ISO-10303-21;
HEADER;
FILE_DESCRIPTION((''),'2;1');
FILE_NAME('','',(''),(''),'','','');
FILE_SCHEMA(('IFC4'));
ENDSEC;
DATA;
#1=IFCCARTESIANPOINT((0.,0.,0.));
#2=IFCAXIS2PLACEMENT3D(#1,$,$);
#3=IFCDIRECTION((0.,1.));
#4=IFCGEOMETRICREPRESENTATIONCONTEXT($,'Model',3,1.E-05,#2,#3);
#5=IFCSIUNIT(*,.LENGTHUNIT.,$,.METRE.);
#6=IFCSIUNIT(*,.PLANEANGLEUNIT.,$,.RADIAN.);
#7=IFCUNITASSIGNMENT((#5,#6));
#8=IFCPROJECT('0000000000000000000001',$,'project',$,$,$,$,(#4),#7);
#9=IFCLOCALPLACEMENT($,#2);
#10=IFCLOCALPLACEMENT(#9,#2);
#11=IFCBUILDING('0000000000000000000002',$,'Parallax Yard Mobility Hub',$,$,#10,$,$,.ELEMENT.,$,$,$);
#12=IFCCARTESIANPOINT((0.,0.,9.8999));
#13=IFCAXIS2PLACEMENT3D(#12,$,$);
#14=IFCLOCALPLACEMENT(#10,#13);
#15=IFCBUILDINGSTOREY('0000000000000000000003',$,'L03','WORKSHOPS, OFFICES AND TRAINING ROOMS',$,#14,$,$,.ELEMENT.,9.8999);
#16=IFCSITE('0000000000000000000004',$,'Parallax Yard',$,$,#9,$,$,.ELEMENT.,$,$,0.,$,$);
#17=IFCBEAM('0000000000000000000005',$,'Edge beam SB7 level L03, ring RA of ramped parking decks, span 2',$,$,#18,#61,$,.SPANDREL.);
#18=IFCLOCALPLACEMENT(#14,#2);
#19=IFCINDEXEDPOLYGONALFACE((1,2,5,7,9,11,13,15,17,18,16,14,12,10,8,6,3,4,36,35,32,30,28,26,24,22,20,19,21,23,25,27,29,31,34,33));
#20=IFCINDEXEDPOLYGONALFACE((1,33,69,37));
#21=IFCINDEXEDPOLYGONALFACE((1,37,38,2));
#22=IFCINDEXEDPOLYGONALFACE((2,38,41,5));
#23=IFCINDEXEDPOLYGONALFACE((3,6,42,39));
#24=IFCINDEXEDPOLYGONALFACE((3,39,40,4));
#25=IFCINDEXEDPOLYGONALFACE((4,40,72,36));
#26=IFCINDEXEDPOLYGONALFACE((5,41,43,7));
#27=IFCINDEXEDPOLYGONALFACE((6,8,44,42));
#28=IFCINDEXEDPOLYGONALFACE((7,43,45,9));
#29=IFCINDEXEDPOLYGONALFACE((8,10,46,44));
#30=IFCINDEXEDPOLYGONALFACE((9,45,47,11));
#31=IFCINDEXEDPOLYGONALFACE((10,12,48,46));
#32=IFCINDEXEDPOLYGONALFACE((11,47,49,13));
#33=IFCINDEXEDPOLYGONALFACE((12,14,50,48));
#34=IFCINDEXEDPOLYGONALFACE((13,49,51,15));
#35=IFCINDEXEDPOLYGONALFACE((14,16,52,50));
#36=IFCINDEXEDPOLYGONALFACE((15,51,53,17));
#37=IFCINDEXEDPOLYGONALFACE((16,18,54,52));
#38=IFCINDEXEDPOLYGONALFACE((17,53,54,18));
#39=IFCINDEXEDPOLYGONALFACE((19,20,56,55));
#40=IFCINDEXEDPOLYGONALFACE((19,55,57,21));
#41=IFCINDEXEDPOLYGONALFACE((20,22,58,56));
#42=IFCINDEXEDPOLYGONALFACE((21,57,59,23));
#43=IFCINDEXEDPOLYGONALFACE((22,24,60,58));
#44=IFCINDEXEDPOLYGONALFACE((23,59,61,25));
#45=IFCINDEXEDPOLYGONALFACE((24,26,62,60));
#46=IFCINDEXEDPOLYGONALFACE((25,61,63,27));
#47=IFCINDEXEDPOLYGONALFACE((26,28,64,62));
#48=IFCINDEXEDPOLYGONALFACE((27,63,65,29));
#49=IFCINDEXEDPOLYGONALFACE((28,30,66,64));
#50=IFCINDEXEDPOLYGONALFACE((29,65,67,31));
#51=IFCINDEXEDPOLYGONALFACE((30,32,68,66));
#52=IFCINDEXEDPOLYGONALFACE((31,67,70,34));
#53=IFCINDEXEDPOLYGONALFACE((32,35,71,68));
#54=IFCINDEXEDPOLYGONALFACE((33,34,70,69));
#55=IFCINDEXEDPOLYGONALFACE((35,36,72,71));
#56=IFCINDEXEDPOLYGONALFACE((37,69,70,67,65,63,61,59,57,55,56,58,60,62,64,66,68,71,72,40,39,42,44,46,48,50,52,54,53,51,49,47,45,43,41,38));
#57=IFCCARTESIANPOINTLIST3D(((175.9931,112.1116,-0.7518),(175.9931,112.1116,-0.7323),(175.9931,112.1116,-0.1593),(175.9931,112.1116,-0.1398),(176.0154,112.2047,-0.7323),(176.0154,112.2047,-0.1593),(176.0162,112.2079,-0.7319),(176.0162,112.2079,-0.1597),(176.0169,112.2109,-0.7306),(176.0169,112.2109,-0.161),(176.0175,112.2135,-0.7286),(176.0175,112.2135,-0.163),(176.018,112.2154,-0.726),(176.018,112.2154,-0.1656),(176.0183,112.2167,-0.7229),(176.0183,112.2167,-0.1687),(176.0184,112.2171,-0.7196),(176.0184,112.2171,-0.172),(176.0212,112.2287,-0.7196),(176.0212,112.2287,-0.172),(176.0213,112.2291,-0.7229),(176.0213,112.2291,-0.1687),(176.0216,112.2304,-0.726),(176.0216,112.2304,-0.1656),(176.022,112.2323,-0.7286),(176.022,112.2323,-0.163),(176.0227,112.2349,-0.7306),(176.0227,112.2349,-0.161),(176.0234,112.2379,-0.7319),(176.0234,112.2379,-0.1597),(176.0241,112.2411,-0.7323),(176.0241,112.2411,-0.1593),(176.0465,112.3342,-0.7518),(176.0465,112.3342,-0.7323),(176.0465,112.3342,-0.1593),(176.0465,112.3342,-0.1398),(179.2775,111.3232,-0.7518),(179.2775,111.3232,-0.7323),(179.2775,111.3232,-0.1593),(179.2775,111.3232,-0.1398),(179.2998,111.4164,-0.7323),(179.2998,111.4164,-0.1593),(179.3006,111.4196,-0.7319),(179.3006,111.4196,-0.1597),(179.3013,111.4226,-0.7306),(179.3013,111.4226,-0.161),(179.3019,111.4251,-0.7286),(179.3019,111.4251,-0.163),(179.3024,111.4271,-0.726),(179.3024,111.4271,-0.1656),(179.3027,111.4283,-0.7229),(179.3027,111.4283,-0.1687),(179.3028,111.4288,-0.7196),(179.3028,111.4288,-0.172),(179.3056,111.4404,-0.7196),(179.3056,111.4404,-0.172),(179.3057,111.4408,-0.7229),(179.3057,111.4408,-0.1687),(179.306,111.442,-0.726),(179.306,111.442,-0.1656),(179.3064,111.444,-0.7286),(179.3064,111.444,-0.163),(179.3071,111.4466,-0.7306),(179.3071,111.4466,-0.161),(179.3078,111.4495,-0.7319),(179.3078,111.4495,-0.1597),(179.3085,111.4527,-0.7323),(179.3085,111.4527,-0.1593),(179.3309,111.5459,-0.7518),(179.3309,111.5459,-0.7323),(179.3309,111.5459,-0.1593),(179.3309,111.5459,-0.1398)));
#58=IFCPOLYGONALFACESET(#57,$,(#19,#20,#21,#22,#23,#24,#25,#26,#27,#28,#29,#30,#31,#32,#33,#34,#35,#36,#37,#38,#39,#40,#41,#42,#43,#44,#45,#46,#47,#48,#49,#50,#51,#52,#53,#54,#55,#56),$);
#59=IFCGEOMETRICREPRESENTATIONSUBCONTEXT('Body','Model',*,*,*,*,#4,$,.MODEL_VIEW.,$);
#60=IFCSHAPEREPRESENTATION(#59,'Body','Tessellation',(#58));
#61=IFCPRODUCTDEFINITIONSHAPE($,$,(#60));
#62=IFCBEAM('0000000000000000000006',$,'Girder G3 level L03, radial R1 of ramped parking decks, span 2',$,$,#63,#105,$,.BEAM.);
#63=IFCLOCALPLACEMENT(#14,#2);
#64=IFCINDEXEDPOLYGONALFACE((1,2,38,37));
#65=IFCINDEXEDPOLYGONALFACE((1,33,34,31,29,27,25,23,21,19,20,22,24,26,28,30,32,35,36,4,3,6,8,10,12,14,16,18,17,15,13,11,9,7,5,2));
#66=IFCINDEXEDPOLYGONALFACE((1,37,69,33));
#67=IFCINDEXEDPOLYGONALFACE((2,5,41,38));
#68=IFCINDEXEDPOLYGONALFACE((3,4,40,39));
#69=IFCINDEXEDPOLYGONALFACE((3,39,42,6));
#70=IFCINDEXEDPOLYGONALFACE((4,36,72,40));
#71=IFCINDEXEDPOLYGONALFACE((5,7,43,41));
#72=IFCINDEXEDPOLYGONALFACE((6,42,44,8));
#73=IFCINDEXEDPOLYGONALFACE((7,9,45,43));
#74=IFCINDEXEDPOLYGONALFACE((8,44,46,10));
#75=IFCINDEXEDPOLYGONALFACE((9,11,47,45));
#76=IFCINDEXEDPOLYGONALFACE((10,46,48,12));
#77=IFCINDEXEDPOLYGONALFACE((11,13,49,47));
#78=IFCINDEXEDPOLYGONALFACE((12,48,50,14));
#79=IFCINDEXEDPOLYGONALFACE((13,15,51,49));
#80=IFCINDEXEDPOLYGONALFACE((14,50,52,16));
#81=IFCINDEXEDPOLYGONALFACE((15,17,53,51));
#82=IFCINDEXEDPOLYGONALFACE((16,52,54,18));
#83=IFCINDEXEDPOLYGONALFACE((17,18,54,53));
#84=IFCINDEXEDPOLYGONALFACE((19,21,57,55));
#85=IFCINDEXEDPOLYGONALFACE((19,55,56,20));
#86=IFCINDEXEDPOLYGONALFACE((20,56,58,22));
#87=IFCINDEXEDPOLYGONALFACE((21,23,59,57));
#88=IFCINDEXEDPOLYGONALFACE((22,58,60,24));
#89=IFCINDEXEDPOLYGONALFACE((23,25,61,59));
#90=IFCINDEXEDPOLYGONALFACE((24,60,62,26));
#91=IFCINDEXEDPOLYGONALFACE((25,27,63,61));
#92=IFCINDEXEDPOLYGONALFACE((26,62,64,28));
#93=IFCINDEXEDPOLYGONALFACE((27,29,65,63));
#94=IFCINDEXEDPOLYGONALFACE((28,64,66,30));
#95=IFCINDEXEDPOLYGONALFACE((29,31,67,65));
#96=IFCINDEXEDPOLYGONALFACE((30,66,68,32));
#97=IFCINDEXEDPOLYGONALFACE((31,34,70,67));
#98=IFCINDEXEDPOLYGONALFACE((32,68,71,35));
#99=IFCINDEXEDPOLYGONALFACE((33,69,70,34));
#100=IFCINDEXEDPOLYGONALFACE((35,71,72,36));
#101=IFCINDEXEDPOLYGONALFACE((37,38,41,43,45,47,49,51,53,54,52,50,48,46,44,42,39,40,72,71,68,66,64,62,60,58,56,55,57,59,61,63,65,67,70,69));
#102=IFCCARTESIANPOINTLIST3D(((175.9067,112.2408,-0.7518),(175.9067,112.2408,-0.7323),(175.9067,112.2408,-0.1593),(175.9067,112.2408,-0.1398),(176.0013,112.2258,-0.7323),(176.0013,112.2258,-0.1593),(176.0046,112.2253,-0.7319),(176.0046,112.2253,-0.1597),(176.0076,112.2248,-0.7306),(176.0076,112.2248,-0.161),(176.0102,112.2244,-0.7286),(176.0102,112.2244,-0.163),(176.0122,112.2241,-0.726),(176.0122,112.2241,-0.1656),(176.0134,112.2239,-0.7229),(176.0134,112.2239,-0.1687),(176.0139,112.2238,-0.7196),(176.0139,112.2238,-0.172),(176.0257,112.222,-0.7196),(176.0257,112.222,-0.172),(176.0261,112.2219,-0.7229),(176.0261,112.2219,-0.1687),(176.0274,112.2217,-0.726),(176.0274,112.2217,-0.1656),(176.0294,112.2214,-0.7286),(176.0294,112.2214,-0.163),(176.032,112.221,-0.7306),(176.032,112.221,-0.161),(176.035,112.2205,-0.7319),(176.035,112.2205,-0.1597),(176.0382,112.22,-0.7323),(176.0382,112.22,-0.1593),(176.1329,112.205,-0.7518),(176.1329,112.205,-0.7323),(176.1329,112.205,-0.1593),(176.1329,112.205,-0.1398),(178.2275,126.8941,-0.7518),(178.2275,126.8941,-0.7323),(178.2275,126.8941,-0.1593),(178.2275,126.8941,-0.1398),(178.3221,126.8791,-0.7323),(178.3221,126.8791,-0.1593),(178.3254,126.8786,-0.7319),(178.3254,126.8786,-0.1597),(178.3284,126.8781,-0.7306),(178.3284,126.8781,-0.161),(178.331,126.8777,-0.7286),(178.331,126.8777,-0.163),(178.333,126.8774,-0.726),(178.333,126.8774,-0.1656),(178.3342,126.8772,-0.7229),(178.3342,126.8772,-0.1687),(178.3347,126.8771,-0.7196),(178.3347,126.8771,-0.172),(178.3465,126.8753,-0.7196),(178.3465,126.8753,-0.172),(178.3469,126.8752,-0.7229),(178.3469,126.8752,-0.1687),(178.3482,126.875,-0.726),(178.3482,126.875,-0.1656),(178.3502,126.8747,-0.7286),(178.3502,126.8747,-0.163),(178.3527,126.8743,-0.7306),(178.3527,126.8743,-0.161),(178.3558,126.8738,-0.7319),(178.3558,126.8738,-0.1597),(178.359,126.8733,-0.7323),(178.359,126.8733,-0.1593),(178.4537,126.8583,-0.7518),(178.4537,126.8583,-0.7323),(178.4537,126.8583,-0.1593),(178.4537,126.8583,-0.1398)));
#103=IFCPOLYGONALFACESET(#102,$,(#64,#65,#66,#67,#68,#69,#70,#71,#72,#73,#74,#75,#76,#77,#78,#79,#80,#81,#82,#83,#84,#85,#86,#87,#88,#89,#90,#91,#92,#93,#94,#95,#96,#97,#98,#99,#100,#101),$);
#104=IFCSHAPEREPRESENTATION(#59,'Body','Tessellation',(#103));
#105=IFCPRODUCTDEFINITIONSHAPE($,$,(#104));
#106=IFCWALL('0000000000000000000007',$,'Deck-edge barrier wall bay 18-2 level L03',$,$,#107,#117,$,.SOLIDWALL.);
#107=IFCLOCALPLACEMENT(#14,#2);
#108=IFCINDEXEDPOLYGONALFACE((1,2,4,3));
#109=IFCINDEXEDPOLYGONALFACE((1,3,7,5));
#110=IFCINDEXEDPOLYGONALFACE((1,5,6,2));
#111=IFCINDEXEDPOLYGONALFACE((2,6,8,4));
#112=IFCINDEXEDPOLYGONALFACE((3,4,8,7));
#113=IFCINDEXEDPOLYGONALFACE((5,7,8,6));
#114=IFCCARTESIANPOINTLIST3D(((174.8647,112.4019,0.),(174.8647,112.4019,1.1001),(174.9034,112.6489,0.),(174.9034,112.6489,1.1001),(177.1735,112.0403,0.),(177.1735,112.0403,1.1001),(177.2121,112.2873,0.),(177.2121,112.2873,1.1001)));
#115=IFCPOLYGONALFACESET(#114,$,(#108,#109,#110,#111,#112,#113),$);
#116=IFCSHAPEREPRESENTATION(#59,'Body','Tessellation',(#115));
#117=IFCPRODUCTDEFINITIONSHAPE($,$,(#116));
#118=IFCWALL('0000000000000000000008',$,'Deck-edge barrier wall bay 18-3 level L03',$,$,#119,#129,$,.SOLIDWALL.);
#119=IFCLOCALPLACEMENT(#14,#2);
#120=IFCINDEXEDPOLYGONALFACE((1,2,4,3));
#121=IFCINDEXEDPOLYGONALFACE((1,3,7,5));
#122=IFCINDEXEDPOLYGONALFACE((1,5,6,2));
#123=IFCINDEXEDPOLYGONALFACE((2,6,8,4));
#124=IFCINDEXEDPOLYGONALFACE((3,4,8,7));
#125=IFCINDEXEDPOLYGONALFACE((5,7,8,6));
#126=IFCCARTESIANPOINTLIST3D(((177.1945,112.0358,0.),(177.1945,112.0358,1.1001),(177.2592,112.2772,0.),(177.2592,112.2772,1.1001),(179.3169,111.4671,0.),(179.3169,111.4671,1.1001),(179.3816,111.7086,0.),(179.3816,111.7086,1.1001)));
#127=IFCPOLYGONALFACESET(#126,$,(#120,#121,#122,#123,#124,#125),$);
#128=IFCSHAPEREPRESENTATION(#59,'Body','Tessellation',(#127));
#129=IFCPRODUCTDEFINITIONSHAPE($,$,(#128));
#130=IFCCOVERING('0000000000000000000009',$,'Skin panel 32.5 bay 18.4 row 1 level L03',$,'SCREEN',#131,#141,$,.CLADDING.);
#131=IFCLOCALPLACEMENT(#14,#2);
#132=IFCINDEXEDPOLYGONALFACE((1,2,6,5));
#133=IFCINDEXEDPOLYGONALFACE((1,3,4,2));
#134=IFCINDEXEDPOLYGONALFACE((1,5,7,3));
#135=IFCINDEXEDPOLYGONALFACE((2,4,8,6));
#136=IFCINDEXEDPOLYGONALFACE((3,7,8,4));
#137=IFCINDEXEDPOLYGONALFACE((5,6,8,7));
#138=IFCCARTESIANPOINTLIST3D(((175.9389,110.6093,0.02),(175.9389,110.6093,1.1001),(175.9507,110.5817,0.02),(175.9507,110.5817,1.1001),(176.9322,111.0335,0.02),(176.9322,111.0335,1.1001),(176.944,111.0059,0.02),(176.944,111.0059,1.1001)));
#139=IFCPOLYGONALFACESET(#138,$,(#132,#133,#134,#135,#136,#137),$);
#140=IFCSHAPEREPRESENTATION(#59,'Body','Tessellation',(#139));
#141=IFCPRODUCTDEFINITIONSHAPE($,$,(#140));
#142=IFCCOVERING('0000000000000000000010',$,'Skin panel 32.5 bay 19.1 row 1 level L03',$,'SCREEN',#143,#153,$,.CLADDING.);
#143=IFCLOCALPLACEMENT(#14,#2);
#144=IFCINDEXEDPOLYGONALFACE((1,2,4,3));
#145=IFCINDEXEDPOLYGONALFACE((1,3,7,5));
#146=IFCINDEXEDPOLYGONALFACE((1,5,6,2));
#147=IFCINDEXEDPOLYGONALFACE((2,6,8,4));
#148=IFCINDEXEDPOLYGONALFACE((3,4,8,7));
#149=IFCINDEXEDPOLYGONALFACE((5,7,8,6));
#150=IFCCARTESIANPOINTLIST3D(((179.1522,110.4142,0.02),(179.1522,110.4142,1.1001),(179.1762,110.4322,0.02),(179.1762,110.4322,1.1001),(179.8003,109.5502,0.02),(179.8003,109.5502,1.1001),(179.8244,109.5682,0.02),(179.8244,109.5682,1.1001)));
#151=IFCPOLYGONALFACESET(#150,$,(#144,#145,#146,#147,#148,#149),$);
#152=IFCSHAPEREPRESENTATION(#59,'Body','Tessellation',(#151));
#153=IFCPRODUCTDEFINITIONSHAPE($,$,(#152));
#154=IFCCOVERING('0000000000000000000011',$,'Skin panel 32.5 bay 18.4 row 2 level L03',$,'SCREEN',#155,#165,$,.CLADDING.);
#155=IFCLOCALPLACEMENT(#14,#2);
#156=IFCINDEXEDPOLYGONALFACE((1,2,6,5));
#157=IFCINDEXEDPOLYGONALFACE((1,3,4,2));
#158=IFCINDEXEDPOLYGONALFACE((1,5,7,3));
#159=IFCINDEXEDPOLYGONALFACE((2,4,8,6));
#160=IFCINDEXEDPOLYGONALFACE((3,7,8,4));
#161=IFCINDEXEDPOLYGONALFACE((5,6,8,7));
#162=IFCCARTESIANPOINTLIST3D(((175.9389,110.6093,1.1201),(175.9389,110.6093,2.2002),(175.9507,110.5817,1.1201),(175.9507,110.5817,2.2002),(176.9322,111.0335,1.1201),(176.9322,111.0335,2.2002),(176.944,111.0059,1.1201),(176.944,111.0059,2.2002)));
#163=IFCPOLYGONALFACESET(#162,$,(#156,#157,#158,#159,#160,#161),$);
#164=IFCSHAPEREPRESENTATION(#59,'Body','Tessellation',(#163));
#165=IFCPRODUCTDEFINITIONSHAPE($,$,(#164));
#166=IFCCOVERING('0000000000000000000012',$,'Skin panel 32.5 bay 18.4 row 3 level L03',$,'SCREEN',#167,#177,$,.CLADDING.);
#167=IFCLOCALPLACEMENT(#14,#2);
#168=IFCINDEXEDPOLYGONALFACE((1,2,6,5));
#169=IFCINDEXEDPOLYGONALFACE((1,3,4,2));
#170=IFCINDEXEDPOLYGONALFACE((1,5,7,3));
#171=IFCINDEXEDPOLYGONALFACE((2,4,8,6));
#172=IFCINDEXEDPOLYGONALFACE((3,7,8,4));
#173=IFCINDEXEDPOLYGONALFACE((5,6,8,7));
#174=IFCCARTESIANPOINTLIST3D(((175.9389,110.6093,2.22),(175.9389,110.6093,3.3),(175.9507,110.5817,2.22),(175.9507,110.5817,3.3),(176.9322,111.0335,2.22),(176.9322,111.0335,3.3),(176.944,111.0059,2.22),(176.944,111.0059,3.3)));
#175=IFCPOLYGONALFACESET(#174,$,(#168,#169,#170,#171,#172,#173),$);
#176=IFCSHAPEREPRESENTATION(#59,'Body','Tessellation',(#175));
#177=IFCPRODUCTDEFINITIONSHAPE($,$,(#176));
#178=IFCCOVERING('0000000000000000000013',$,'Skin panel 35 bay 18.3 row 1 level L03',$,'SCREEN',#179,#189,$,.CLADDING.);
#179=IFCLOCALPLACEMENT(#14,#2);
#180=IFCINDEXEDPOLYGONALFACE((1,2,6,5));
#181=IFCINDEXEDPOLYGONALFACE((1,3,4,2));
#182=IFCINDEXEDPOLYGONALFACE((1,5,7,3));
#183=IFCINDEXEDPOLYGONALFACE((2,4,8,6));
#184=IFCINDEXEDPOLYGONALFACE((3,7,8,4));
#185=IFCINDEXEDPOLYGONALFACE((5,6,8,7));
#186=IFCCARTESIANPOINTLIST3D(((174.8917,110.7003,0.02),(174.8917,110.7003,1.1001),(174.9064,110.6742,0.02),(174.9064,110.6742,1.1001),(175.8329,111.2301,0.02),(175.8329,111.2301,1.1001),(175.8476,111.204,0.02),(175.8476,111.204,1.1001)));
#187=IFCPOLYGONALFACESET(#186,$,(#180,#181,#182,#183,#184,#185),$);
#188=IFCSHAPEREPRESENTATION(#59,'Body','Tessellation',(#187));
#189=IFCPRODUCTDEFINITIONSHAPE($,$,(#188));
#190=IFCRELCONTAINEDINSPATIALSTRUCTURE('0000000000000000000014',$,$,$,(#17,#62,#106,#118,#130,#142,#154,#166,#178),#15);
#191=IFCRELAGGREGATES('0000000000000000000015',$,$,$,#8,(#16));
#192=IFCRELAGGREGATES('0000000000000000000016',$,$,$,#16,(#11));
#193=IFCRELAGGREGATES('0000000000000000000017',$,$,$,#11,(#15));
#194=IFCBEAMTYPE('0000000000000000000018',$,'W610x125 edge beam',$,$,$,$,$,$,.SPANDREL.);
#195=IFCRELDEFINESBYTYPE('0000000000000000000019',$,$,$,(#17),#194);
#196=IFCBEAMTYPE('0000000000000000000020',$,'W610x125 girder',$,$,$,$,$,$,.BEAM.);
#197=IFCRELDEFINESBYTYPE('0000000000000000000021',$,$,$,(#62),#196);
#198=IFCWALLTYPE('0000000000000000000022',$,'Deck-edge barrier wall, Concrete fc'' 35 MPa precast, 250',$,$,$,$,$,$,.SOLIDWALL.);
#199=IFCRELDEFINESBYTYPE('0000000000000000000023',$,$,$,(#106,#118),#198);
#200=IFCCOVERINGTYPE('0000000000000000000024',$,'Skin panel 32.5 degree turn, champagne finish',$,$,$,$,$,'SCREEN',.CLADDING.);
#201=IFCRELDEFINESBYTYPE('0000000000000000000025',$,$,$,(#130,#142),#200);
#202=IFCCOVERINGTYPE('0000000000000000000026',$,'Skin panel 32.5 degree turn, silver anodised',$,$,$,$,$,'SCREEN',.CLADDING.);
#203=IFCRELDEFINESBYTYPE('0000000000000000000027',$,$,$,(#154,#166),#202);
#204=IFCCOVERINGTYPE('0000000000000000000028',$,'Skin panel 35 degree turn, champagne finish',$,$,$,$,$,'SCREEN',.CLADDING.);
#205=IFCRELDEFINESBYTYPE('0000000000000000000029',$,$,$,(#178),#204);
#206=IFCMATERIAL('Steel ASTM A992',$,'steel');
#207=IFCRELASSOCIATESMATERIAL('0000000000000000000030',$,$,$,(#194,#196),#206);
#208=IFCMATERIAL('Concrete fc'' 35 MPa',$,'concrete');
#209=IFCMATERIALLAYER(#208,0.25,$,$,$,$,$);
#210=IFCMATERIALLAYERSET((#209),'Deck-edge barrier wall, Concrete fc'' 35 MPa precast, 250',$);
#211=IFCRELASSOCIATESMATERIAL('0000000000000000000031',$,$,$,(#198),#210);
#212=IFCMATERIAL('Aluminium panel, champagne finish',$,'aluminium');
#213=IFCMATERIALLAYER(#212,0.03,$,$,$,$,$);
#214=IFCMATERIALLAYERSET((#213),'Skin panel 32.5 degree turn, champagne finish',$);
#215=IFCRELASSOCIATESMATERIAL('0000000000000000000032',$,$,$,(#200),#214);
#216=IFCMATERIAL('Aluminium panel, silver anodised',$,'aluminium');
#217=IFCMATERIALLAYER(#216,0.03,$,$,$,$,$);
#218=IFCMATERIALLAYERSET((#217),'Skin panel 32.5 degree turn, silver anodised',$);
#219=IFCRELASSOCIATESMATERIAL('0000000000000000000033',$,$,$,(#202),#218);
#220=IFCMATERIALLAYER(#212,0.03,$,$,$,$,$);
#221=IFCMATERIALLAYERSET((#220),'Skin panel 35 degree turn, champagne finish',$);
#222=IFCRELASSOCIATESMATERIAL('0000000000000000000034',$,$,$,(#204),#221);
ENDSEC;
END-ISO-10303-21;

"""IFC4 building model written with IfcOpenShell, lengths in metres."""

from ifc_helpers import new_model, si_unit, direction, frame, frame_2d, origin, origin_2d, place, context, subcontext, project, spatial, rectangle, i_section, extrude, material, layer, layer_set, material_profile, profile_set, type_object, element, save


model = new_model("IFC4")

# Units and contexts
model_context = context("Model", 3, precision=1e-05, world=origin(), true_north=direction((0.0, 1.0)))
body_context = subcontext(model_context, "Body", "Model", "MODEL_VIEW")
ifc_project = project(units=[si_unit("LENGTHUNIT", "METRE"), si_unit("PLANEANGLEUNIT", "RADIAN")], contexts=[model_context])

# Site, building, storey
site_placement = place(None, origin())
site = spatial("IfcSite", under=ifc_project, at=site_placement, Name="Parallax Yard", CompositionType="ELEMENT", RefElevation=0.0)
building_placement = place(site_placement, origin())
building = spatial("IfcBuilding", under=site, at=building_placement, Name="Parallax Yard Mobility Hub", CompositionType="ELEMENT")
storey_placement = place(building_placement, frame((0.0, 0.0, 9.8999)))
storey = spatial("IfcBuildingStorey", under=building, at=storey_placement, Name="L03", Description="WORKSHOPS, OFFICES AND TRAINING ROOMS", CompositionType="ELEMENT", Elevation=9.8999)

# Shared definitions
ifc_material_1 = material(Name="Steel ASTM A992", Category="steel")

# Beams
ifc_material_profile_1 = material_profile(ifc_material_1, i_section(OverallWidth=0.229, OverallDepth=0.6121, WebThickness=0.012, FlangeThickness=0.0195, FilletRadius=0.0127, at=origin_2d()), Name="W610x125")
ifc_profile_set_1 = profile_set([ifc_material_profile_1], Name="Steel ASTM A992")
beam_type_1 = type_object("IfcBeamType", Name="W610x125 edge beam", PredefinedType="SPANDREL", material=ifc_profile_set_1)
beam_1_placement = place(storey_placement, frame((176.0198, 112.2229, -0.4458), z_axis=(0.972383, -0.233392, 0.0), x_axis=(0.233392, 0.972383, 0.0)))
element("IfcBeam", 1, at=beam_1_placement, inside=storey, type_object=beam_type_1, Name="Edge beam SB7 level L03, ring RA of ramped parking decks, span 2", PredefinedType="SPANDREL", context=body_context, shape_type="SweptSolid", body=[
    extrude(i_section(OverallWidth=0.229, OverallDepth=0.6121, WebThickness=0.012, FlangeThickness=0.0195, FilletRadius=0.0127, at=origin_2d()), origin(), (0.0, 0.0, 1.0), 3.3777),
])
ifc_material_profile_2 = material_profile(ifc_material_1, i_section(OverallWidth=0.229, OverallDepth=0.6121, WebThickness=0.012, FlangeThickness=0.0195, FilletRadius=0.0127, at=origin_2d()), Name="W610x125")
ifc_profile_set_2 = profile_set([ifc_material_profile_2], Name="Steel ASTM A992")
beam_type_2 = type_object("IfcBeamType", Name="W610x125 girder", PredefinedType="BEAM", material=ifc_profile_set_2)
beam_2_placement = place(storey_placement, frame((176.0198, 112.2229, -0.4458), z_axis=(0.156431, 0.987689, 0.0), x_axis=(-0.987689, 0.156431, 0.0)))
element("IfcBeam", 2, at=beam_2_placement, inside=storey, type_object=beam_type_2, Name="Girder G3 level L03, radial R1 of ramped parking decks, span 2", PredefinedType="BEAM", context=body_context, shape_type="SweptSolid", body=[
    extrude(i_section(OverallWidth=0.229, OverallDepth=0.6121, WebThickness=0.012, FlangeThickness=0.0195, FilletRadius=0.0127, at=origin_2d()), origin(), (0.0, 0.0, 1.0), 14.8359),
])

# Walls
ifc_material_2 = material(Name="Concrete fc' 35 MPa", Category="concrete")
ifc_layer_1 = layer(ifc_material_2, 0.25)
ifc_layer_set_1 = layer_set([ifc_layer_1], Name="Deck-edge barrier wall, Concrete fc' 35 MPa precast, 250")
wall_type = type_object("IfcWallType", Name="Deck-edge barrier wall, Concrete fc' 35 MPa precast, 250", PredefinedType="SOLIDWALL", material=ifc_layer_set_1)
wall_1_placement = place(storey_placement, frame((174.884, 112.5254, 0.0), z_axis=(0.0, 0.0, 1.0), x_axis=(0.987959, -0.154718, 0.0)))
element("IfcWall", 3, at=wall_1_placement, inside=storey, type_object=wall_type, Name="Deck-edge barrier wall bay 18-2 level L03", PredefinedType="SOLIDWALL", context=body_context, shape_type="SweptSolid", body=[
    extrude(rectangle(XDim=2.3369, YDim=0.25, at=frame_2d((1.1685, 0.0))), origin(), (0.0, 0.0, 1.0), 1.1001),
])
wall_2_placement = place(storey_placement, frame((177.2268, 112.1565, 0.0), z_axis=(0.0, 0.0, 1.0), x_axis=(0.965934, -0.25879, 0.0)))
element("IfcWall", 4, at=wall_2_placement, inside=storey, type_object=wall_type, Name="Deck-edge barrier wall bay 18-3 level L03", PredefinedType="SOLIDWALL", context=body_context, shape_type="SweptSolid", body=[
    extrude(rectangle(XDim=2.1973, YDim=0.25, at=frame_2d((1.0986, 0.0))), origin(), (0.0, 0.0, 1.0), 1.1001),
])

# Coverings
ifc_material_3 = material(Name="Aluminium panel, champagne finish", Category="aluminium")
ifc_layer_2 = layer(ifc_material_3, 0.03)
ifc_layer_set_2 = layer_set([ifc_layer_2], Name="Skin panel 32.5 degree turn, champagne finish")
covering_type_1 = type_object("IfcCoveringType", Name="Skin panel 32.5 degree turn, champagne finish", ElementType="SCREEN", PredefinedType="CLADDING", material=ifc_layer_set_2)
for number, where, z_axis, x_axis, name in (
    (5, (176.4414, 110.8076, 0.02), (0.0, 0.0, 1.0), (-0.91965, -0.392738, 0.0), "Skin panel 32.5 bay 18.4 row 1 level L03"),
    (6, (179.4883, 109.9912, 0.02), (0.0, 0.0, 1.0), (0.600071, -0.799947, 0.0), "Skin panel 32.5 bay 19.1 row 1 level L03"),
):
    element("IfcCovering", number, at=place(storey_placement, frame(where, z_axis=z_axis, x_axis=x_axis)), inside=storey, type_object=covering_type_1, Name=name, ObjectType="SCREEN", PredefinedType="CLADDING", context=body_context, shape_type="SweptSolid", body=[
        extrude(rectangle(XDim=1.0801, YDim=0.03, at=origin_2d()), origin(), (0.0, 0.0, 1.0), 1.0801),
    ])
ifc_material_4 = material(Name="Aluminium panel, silver anodised", Category="aluminium")
ifc_layer_3 = layer(ifc_material_4, 0.03)
ifc_layer_set_3 = layer_set([ifc_layer_3], Name="Skin panel 32.5 degree turn, silver anodised")
covering_type_2 = type_object("IfcCoveringType", Name="Skin panel 32.5 degree turn, silver anodised", ElementType="SCREEN", PredefinedType="CLADDING", material=ifc_layer_set_3)
for number, where, z_axis, x_axis, name in (
    (7, (176.4414, 110.8076, 1.1201), (0.0, 0.0, 1.0), (-0.91965, -0.392738, 0.0), "Skin panel 32.5 bay 18.4 row 2 level L03"),
    (8, (176.4414, 110.8076, 2.22), (0.0, 0.0, 1.0), (-0.91965, -0.392738, 0.0), "Skin panel 32.5 bay 18.4 row 3 level L03"),
):
    element("IfcCovering", number, at=place(storey_placement, frame(where, z_axis=z_axis, x_axis=x_axis)), inside=storey, type_object=covering_type_2, Name=name, ObjectType="SCREEN", PredefinedType="CLADDING", context=body_context, shape_type="SweptSolid", body=[
        extrude(rectangle(XDim=1.0801, YDim=0.03, at=origin_2d()), origin(), (0.0, 0.0, 1.0), 1.0801),
    ])
ifc_layer_4 = layer(ifc_material_3, 0.03)
ifc_layer_set_4 = layer_set([ifc_layer_4], Name="Skin panel 35 degree turn, champagne finish")
covering_type_3 = type_object("IfcCoveringType", Name="Skin panel 35 degree turn, champagne finish", ElementType="SCREEN", PredefinedType="CLADDING", material=ifc_layer_set_4)
for number, where, z_axis, x_axis, name in (
    (9, (175.3696, 110.9521, 0.02), (0.0, 0.0, 1.0), (-0.871428, -0.490524, 0.0), "Skin panel 35 bay 18.3 row 1 level L03"),
):
    element("IfcCovering", number, at=place(storey_placement, frame(where, z_axis=z_axis, x_axis=x_axis)), inside=storey, type_object=covering_type_3, Name=name, ObjectType="SCREEN", PredefinedType="CLADDING", context=body_context, shape_type="SweptSolid", body=[
        extrude(rectangle(XDim=1.0801, YDim=0.03, at=origin_2d()), origin(), (0.0, 0.0, 1.0), 1.0801),
    ])

save(model, "model.ifc")
